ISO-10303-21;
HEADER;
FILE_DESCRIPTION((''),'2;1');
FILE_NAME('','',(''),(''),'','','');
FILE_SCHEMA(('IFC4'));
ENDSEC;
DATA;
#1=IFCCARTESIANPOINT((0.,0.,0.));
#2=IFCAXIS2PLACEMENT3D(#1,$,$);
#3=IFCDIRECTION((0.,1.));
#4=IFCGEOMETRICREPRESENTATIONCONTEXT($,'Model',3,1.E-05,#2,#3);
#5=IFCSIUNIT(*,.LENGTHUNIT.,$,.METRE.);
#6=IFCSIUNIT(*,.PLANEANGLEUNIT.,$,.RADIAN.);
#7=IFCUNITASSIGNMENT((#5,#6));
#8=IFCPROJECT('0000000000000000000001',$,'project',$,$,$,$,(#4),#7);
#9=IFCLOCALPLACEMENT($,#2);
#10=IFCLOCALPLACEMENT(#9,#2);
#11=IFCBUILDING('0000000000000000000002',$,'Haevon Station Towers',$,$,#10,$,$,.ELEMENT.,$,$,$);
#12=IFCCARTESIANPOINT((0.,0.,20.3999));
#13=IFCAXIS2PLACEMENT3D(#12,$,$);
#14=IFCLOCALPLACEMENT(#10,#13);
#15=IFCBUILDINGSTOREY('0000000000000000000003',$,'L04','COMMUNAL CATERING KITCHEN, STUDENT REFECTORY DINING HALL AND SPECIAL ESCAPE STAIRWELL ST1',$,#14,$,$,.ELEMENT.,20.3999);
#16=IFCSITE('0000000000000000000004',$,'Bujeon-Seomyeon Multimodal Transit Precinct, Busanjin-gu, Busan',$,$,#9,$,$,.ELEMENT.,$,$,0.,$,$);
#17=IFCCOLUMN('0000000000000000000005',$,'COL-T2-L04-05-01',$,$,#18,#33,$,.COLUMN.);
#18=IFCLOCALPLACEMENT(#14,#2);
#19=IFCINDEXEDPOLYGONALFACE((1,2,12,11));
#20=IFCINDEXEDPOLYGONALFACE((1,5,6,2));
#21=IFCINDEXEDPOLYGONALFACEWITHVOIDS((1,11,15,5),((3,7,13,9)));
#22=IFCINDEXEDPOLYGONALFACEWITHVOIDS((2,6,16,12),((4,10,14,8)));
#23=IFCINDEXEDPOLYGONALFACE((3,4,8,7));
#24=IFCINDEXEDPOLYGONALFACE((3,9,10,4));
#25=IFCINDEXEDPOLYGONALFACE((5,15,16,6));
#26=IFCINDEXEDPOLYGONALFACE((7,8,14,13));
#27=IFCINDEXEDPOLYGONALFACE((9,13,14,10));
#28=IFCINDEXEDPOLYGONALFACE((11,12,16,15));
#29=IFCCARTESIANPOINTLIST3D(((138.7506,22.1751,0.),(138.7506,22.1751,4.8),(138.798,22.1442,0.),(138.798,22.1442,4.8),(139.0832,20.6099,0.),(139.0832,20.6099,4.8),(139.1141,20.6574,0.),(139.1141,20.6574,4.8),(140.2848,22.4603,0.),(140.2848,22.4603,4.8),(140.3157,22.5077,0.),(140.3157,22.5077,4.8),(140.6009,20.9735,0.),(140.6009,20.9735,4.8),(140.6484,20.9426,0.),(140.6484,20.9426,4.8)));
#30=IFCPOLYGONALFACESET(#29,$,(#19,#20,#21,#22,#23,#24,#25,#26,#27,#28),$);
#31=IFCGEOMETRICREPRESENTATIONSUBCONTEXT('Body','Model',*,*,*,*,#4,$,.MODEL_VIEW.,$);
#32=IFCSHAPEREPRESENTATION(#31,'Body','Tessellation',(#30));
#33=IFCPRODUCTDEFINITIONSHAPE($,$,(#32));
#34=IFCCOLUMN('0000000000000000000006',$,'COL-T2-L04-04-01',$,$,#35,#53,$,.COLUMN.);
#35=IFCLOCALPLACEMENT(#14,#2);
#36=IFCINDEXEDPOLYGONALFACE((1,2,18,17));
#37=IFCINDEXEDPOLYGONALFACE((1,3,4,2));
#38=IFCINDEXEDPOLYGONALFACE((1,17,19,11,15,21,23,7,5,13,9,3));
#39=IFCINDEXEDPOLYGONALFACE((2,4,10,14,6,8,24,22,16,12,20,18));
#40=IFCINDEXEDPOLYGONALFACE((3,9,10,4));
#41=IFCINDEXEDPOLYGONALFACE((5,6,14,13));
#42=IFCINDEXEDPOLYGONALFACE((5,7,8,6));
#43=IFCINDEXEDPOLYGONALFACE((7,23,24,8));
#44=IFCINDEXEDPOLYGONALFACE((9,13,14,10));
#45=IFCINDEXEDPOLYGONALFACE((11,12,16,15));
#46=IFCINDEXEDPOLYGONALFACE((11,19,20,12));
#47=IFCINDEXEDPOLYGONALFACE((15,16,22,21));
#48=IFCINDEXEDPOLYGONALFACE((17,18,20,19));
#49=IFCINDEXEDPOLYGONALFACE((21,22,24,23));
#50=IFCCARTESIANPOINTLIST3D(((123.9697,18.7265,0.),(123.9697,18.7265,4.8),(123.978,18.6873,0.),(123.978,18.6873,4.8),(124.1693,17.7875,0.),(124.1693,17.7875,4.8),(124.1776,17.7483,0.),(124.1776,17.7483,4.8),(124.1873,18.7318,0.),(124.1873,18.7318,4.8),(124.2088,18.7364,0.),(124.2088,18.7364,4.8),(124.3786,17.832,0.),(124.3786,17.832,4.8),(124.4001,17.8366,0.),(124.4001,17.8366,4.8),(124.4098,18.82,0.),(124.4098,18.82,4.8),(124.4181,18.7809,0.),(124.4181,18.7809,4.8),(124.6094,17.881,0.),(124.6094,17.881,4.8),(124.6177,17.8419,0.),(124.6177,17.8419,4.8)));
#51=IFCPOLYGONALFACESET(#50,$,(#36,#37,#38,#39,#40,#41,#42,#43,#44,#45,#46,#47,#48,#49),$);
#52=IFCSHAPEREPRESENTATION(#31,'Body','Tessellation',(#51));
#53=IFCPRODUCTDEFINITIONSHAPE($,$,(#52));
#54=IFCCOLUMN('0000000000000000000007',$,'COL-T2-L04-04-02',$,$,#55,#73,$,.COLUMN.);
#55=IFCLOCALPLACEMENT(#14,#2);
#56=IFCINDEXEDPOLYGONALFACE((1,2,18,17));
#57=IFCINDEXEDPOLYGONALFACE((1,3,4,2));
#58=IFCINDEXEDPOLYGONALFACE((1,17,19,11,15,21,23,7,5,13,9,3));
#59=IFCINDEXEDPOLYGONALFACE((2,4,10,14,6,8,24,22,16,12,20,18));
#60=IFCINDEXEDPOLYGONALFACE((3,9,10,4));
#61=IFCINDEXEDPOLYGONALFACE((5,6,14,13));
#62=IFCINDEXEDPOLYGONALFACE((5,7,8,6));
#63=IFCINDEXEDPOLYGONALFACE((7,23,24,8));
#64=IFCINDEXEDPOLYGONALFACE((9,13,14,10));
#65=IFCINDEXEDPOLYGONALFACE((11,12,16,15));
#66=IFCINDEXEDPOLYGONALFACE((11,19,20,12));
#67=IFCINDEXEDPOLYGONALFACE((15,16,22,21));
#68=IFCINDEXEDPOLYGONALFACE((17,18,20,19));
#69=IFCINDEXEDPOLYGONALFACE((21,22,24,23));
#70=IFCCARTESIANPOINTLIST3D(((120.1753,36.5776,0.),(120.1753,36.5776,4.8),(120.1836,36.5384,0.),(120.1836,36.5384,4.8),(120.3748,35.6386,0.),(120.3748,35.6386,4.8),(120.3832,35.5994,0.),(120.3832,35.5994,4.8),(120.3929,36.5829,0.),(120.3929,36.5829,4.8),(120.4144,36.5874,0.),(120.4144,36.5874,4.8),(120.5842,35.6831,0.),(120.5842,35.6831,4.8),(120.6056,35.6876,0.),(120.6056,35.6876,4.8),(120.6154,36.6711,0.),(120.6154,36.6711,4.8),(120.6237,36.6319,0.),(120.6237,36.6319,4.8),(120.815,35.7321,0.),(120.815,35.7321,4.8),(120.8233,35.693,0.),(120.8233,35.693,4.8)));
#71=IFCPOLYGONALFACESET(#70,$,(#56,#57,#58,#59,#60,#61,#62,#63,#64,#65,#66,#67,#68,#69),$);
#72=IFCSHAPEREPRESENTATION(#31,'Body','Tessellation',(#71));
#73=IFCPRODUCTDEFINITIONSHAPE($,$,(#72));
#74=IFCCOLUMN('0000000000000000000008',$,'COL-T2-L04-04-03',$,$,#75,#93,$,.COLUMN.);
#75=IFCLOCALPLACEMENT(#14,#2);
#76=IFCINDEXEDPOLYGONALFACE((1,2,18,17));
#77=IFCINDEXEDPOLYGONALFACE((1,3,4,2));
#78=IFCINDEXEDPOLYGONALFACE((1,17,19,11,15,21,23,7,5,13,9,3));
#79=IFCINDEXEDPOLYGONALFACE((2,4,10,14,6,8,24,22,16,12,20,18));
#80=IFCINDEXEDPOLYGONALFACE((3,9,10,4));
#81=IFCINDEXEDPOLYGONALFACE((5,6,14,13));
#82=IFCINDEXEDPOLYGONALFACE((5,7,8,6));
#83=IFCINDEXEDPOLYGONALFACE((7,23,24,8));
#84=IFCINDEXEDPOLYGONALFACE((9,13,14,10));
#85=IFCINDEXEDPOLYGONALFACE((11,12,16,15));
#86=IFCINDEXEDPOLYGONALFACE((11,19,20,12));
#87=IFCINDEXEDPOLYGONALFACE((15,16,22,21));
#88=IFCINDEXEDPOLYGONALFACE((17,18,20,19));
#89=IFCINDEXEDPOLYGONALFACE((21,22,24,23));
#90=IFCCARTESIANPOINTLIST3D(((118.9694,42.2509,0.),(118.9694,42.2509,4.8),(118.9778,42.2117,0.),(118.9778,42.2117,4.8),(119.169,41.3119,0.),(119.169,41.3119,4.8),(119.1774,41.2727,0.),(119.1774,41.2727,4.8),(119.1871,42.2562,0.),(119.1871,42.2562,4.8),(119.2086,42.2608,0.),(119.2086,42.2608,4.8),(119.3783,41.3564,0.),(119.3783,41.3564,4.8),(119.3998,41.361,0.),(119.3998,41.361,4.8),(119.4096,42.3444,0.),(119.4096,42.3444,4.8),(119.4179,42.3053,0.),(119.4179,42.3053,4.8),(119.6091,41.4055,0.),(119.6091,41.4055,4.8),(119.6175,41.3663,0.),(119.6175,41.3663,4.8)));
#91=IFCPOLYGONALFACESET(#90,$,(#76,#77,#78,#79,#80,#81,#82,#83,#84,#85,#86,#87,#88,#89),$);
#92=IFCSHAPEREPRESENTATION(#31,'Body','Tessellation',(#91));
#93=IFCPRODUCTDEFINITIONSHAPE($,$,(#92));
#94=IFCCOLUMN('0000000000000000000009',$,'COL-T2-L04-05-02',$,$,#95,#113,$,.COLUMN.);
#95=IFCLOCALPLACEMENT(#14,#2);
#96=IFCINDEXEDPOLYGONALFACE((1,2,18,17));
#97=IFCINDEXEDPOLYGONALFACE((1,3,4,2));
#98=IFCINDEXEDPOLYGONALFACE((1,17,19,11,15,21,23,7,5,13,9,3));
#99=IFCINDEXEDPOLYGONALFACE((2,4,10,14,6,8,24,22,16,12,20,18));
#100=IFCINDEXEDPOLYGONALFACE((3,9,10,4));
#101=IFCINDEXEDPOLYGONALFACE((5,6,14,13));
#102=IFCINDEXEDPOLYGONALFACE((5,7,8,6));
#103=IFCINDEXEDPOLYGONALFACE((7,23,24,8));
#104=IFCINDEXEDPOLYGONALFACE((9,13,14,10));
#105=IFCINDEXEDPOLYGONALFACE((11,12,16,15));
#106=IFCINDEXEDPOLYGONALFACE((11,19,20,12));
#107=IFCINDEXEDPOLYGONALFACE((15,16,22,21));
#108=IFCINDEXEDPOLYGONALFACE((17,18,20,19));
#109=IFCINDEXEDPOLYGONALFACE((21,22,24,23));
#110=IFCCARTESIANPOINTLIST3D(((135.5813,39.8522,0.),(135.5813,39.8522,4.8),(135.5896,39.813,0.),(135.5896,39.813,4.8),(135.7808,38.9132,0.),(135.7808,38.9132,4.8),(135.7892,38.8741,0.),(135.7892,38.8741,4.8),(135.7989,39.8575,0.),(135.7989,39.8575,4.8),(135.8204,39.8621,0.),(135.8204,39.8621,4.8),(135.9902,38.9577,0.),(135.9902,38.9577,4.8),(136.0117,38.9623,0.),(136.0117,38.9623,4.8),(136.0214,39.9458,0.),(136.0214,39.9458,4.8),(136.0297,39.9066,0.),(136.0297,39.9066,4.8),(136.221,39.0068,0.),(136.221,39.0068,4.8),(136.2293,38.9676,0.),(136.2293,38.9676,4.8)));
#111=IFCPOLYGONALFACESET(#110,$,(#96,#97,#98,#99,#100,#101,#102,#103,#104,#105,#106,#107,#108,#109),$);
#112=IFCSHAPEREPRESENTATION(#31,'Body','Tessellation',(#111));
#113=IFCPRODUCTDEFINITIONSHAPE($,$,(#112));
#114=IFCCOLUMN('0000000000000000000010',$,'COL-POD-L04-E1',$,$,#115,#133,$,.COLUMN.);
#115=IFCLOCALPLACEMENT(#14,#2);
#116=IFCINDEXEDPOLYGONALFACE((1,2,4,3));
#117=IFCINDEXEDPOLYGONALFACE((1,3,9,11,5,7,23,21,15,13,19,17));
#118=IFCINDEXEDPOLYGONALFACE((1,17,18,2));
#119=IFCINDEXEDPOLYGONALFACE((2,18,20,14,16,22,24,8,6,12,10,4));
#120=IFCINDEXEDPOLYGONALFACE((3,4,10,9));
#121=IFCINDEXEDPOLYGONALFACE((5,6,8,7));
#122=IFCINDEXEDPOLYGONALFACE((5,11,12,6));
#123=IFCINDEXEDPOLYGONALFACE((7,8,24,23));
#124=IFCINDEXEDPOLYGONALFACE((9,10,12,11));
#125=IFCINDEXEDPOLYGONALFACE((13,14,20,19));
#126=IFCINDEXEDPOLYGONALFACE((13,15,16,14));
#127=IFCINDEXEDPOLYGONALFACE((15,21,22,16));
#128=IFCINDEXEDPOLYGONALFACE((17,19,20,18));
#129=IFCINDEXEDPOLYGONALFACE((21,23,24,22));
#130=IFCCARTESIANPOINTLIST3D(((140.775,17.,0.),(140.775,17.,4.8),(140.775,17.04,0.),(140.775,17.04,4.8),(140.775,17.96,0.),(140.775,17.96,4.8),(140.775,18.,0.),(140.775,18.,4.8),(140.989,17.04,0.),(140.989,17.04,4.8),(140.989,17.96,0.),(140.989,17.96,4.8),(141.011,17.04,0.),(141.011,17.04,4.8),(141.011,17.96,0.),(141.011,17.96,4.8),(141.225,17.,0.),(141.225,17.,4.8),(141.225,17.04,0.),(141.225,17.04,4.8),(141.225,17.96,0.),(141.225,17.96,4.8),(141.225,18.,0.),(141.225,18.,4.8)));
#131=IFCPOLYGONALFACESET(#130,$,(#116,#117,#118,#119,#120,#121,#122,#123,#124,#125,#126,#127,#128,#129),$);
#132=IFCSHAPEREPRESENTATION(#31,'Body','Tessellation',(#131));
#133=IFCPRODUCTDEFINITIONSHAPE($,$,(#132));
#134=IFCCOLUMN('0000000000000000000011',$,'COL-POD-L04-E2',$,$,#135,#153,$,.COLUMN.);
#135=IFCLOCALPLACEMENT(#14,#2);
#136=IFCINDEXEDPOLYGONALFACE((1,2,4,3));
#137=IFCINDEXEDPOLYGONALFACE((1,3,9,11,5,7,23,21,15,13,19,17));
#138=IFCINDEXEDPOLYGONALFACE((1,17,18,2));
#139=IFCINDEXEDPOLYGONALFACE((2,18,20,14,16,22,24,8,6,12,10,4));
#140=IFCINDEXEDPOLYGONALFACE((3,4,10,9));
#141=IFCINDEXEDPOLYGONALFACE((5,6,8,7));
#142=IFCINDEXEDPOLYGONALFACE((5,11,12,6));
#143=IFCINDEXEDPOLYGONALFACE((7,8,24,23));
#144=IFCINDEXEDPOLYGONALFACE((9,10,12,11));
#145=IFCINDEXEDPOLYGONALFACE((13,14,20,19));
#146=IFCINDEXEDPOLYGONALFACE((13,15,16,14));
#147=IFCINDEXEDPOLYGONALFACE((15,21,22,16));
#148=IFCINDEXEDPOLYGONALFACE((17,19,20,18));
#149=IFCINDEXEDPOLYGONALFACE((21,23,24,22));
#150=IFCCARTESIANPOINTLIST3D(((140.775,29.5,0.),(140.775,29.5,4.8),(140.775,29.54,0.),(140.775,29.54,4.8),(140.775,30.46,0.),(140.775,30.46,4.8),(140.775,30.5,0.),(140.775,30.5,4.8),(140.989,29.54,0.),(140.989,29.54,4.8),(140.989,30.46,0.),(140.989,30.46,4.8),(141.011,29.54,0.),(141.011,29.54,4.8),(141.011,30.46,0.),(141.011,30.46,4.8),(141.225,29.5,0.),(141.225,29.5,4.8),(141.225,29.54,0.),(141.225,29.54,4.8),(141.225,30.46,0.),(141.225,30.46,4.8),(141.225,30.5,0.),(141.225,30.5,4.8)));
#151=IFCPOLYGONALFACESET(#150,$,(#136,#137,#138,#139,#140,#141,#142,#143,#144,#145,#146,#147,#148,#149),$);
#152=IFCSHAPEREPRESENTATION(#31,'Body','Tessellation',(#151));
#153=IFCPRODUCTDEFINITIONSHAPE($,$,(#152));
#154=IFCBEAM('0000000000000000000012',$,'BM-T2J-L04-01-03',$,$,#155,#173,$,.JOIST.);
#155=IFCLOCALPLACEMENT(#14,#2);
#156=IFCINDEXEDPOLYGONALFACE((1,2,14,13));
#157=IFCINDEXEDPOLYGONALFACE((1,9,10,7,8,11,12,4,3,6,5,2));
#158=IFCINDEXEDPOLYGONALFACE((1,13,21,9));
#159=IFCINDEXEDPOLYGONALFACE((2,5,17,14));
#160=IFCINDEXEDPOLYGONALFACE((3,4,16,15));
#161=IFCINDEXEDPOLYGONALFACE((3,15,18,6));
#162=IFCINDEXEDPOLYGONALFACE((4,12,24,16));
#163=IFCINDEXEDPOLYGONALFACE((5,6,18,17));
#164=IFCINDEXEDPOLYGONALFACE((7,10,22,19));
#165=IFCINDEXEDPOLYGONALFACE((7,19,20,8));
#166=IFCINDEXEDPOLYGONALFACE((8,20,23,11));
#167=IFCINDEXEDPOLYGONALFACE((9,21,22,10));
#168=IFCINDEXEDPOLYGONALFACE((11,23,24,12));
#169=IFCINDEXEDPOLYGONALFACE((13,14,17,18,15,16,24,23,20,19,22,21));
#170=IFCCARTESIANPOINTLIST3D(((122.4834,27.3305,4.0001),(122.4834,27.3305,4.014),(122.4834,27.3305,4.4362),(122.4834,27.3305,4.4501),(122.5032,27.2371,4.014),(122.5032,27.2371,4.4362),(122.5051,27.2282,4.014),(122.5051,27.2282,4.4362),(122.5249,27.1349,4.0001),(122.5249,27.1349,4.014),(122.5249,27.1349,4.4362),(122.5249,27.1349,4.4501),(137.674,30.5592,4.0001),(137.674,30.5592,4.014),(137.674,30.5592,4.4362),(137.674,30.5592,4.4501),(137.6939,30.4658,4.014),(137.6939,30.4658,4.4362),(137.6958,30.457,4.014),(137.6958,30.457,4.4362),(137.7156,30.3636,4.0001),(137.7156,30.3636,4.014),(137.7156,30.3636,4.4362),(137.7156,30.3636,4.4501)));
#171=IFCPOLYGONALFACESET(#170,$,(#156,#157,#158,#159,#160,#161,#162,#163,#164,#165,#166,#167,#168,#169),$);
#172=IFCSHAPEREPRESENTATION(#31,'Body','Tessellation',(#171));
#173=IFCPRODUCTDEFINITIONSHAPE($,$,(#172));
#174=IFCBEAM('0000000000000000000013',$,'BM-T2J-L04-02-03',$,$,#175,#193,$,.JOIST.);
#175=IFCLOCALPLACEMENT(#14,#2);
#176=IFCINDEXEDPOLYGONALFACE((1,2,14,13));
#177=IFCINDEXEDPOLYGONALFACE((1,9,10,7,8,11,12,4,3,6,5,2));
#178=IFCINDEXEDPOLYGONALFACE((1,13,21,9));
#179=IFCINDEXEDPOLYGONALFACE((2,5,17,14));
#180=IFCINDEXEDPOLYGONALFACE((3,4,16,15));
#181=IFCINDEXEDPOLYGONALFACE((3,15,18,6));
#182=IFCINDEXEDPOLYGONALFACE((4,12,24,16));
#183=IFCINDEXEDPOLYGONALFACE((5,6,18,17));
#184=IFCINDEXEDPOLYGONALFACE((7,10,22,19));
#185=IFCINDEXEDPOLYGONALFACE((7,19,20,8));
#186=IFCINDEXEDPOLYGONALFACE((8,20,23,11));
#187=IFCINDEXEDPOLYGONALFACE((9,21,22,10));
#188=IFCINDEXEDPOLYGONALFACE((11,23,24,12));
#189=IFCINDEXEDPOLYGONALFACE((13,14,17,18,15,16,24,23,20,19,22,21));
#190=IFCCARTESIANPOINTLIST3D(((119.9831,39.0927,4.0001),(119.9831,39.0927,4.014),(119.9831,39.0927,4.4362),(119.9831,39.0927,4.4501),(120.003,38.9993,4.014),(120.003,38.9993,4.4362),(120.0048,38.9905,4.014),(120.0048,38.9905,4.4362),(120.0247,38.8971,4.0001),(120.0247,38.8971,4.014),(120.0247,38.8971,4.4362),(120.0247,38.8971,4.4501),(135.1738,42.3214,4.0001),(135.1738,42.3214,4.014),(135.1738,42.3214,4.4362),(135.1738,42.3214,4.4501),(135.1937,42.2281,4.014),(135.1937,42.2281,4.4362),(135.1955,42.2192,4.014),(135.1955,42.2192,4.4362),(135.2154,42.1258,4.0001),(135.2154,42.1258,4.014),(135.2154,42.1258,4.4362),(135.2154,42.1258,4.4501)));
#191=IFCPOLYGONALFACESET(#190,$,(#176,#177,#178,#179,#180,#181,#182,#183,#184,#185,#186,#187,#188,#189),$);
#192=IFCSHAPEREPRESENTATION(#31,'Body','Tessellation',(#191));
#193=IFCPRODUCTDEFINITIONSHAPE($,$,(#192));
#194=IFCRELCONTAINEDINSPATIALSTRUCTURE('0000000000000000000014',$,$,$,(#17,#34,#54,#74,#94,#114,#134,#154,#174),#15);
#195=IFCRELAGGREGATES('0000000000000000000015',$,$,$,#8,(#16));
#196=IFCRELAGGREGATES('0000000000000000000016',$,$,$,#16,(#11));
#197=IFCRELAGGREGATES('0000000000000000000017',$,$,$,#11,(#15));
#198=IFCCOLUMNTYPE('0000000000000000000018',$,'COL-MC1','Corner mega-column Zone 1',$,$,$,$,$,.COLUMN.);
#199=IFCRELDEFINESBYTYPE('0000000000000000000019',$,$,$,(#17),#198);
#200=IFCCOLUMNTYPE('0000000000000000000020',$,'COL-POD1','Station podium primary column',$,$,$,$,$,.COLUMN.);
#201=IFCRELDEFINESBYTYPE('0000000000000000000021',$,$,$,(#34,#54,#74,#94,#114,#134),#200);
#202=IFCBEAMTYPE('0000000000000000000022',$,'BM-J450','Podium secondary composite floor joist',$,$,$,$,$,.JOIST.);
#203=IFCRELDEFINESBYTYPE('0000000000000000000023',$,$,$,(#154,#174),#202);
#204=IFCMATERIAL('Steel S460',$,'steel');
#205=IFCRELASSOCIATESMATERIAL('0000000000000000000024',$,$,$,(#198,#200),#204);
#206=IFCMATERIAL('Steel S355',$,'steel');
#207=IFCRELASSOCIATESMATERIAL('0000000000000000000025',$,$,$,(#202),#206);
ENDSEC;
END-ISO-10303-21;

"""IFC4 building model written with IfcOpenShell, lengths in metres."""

from ifc_helpers import new_model, si_unit, direction, frame, origin, origin_2d, place, context, subcontext, project, spatial, hollow_rectangle, i_section, extrude, material, material_profile, profile_set, type_object, element, save


model = new_model("IFC4")

# Units and contexts
model_context = context("Model", 3, precision=1e-05, world=origin(), true_north=direction((0.0, 1.0)))
body_context = subcontext(model_context, "Body", "Model", "MODEL_VIEW")
ifc_project = project(units=[si_unit("LENGTHUNIT", "METRE"), si_unit("PLANEANGLEUNIT", "RADIAN")], contexts=[model_context])

# Site, building, storey
site_placement = place(None, origin())
site = spatial("IfcSite", under=ifc_project, at=site_placement, Name="Bujeon-Seomyeon Multimodal Transit Precinct, Busanjin-gu, Busan", CompositionType="ELEMENT", RefElevation=0.0)
building_placement = place(site_placement, origin())
building = spatial("IfcBuilding", under=site, at=building_placement, Name="Haevon Station Towers", CompositionType="ELEMENT")
storey_placement = place(building_placement, frame((0.0, 0.0, 20.3999)))
storey = spatial("IfcBuildingStorey", under=building, at=storey_placement, Name="L04", Description="COMMUNAL CATERING KITCHEN, STUDENT REFECTORY DINING HALL AND SPECIAL ESCAPE STAIRWELL ST1", CompositionType="ELEMENT", Elevation=20.3999)

# Columns
ifc_material_1 = material(Name="Steel S460", Category="steel")
ifc_material_profile_1 = material_profile(ifc_material_1, hollow_rectangle(XDim=1.6001, YDim=1.6001, WallThickness=0.04, at=origin_2d()), Name="BOX-1600x1600x40")
ifc_profile_set_1 = profile_set([ifc_material_profile_1], Name="Steel S460")
column_type_1 = type_object("IfcColumnType", Name="COL-MC1", Description="Corner mega-column Zone 1", PredefinedType="COLUMN", material=ifc_profile_set_1)
column_placement = place(storey_placement, frame((139.6995, 21.5588, 0.0), z_axis=(0.0, 0.0, 1.0), x_axis=(0.978148, 0.207912, 0.0)))
element("IfcColumn", 1, at=column_placement, inside=storey, type_object=column_type_1, Name="COL-T2-L04-05-01", PredefinedType="COLUMN", context=body_context, shape_type="SweptSolid", body=[
    extrude(hollow_rectangle(XDim=1.6001, YDim=1.6001, WallThickness=0.04, at=origin_2d()), origin(), (0.0, 0.0, 1.0), 4.8),
])
ifc_material_profile_2 = material_profile(ifc_material_1, i_section(OverallWidth=0.45, OverallDepth=1.0, WebThickness=0.022, FlangeThickness=0.04, at=origin_2d()), Name="H-1000x450x22x40")
ifc_profile_set_2 = profile_set([ifc_material_profile_2], Name="Steel S460")
column_type_2 = type_object("IfcColumnType", Name="COL-POD1", Description="Station podium primary column", PredefinedType="COLUMN", material=ifc_profile_set_2)
for number, where, z_axis, x_axis, name in (
    (2, (124.2937, 18.2842, 0.0), (0.0, 0.0, 1.0), (0.978148, 0.207912, 0.0), "COL-T2-L04-04-01"),
    (3, (120.4993, 36.1353, 0.0), (0.0, 0.0, 1.0), (0.978148, 0.207912, 0.0), "COL-T2-L04-04-02"),
    (4, (119.2935, 41.8086, 0.0), (0.0, 0.0, 1.0), (0.978148, 0.207912, 0.0), "COL-T2-L04-04-03"),
    (5, (135.9053, 39.4099, 0.0), (0.0, 0.0, 1.0), (0.978148, 0.207912, 0.0), "COL-T2-L04-05-02"),
    (6, (141.0, 17.5, 0.0), (0.0, 0.0, 1.0), (1.0, 0.0, 0.0), "COL-POD-L04-E1"),
    (7, (141.0, 30.0, 0.0), (0.0, 0.0, 1.0), (1.0, 0.0, 0.0), "COL-POD-L04-E2"),
):
    element("IfcColumn", number, at=place(storey_placement, frame(where, z_axis=z_axis, x_axis=x_axis)), inside=storey, type_object=column_type_2, Name=name, PredefinedType="COLUMN", context=body_context, shape_type="SweptSolid", body=[
        extrude(i_section(OverallWidth=0.45, OverallDepth=1.0, WebThickness=0.022, FlangeThickness=0.04, at=origin_2d()), origin(), (0.0, 0.0, 1.0), 4.8),
    ])

# Beams
ifc_material_2 = material(Name="Steel S355", Category="steel")
ifc_material_profile_3 = material_profile(ifc_material_2, i_section(OverallWidth=0.2, OverallDepth=0.45, WebThickness=0.009, FlangeThickness=0.0139, at=origin_2d()), Name="H-450x200x9x14")
ifc_profile_set_3 = profile_set([ifc_material_profile_3], Name="Steel S355")
beam_type_1 = type_object("IfcBeamType", Name="BM-J450", Description="Podium secondary composite floor joist", PredefinedType="JOIST", material=ifc_profile_set_3)
for number, where, z_axis, x_axis, name in (
    (8, (122.5042, 27.2327, 4.2251), (0.978149, 0.207904, 0.0), (-0.207904, 0.978149, 0.0), "BM-T2J-L04-01-03"),
    (9, (120.0039, 38.9949, 4.2251), (0.978149, 0.207904, 0.0), (-0.207904, 0.978149, 0.0), "BM-T2J-L04-02-03"),
):
    element("IfcBeam", number, at=place(storey_placement, frame(where, z_axis=z_axis, x_axis=x_axis)), inside=storey, type_object=beam_type_1, Name=name, PredefinedType="JOIST", context=body_context, shape_type="SweptSolid", body=[
        extrude(i_section(OverallWidth=0.2, OverallDepth=0.45, WebThickness=0.009, FlangeThickness=0.0139, at=origin_2d()), origin(), (0.0, 0.0, 1.0), 15.53),
    ])

save(model, "model.ifc")
